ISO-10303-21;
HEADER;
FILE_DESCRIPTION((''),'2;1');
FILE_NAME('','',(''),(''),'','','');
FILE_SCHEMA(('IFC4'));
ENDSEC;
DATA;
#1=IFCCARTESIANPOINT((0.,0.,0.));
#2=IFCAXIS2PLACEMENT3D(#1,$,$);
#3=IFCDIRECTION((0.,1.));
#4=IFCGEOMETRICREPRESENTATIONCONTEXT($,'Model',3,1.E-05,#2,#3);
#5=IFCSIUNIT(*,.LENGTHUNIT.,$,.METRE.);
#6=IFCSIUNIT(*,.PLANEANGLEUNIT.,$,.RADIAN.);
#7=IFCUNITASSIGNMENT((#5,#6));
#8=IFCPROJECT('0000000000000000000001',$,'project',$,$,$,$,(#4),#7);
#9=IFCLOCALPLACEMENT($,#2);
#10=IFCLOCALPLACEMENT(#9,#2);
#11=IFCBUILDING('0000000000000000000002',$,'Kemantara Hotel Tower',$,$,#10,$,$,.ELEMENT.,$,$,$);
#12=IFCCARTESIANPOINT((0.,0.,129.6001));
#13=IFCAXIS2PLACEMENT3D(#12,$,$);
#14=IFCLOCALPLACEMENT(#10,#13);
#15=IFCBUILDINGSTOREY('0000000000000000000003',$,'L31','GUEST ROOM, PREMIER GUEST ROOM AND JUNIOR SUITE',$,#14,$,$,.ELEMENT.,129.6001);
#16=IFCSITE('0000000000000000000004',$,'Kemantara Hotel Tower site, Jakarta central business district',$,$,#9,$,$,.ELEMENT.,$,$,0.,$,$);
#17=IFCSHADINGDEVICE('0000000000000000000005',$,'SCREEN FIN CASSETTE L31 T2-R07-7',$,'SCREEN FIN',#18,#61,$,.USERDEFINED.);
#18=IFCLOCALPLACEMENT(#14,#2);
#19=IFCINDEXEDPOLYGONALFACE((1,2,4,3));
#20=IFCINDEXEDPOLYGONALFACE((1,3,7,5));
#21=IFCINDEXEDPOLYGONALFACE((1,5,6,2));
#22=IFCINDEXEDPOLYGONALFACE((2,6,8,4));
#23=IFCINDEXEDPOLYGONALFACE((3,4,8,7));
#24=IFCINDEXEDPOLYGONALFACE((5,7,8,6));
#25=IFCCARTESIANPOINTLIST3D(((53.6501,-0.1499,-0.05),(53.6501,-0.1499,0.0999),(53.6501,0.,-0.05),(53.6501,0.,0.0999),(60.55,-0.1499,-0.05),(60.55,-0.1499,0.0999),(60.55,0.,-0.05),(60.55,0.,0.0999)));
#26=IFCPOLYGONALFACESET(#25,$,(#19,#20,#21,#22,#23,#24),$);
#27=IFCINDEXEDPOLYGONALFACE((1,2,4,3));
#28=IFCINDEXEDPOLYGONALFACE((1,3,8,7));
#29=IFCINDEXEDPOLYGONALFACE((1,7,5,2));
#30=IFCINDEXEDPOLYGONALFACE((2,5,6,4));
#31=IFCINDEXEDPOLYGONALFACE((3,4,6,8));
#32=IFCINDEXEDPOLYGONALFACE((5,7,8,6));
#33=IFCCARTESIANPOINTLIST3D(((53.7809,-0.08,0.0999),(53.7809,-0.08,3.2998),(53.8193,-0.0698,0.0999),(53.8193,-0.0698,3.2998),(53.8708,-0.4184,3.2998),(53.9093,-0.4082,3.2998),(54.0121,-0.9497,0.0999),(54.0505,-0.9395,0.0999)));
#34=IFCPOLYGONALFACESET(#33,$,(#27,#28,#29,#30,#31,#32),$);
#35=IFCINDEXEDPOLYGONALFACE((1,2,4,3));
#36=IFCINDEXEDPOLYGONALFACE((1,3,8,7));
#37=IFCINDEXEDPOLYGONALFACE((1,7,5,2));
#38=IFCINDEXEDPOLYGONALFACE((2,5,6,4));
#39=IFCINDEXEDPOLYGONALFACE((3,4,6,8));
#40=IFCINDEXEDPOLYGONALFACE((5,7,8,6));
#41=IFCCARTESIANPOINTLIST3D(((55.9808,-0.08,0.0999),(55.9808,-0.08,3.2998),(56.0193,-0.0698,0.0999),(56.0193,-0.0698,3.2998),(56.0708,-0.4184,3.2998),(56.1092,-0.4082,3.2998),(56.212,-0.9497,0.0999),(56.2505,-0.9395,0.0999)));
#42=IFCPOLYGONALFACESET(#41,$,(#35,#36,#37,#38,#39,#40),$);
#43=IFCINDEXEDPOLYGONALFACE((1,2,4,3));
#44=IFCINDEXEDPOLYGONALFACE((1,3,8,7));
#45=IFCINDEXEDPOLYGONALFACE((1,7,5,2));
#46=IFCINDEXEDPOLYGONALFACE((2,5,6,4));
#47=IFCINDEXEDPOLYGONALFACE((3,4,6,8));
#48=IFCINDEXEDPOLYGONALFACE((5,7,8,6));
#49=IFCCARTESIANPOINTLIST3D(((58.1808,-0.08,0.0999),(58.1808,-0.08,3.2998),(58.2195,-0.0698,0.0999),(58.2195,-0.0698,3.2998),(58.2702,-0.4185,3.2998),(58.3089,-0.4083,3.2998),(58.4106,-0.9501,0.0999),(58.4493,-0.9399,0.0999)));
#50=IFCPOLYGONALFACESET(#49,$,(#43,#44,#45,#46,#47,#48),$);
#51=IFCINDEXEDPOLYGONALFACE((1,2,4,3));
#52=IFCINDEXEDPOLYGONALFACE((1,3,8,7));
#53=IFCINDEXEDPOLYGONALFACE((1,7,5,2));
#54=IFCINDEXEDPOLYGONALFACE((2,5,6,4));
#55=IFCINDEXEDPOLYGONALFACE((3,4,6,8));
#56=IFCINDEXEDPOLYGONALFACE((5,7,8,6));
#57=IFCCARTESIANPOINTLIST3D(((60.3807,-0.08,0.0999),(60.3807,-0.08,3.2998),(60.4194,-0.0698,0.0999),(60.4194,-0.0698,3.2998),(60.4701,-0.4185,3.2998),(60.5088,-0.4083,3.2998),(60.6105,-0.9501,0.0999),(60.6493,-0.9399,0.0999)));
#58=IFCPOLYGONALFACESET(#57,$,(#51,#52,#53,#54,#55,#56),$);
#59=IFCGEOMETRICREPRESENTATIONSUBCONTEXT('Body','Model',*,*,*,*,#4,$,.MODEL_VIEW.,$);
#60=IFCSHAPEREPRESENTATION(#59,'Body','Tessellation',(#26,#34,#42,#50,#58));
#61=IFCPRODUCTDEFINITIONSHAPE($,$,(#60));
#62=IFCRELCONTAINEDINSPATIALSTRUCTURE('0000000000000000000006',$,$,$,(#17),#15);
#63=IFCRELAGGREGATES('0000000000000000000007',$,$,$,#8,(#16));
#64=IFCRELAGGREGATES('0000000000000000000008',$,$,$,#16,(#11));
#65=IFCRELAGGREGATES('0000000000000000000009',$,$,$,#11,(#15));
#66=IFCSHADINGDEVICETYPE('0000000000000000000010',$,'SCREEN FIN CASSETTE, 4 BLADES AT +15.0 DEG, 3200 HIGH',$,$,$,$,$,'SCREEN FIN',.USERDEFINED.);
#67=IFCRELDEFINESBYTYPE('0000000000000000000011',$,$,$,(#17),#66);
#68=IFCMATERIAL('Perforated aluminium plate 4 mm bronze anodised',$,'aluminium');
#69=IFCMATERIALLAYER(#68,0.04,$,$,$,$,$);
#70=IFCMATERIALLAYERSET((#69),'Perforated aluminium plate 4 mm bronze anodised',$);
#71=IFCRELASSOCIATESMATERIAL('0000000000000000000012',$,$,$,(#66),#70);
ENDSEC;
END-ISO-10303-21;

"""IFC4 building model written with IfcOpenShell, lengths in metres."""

from ifc_helpers import new_model, si_unit, direction, frame, origin, origin_2d, place, context, subcontext, project, spatial, polyline, rectangle, outline, extrude, source, transform, mapped, material, layer, layer_set, type_object, element, save


model = new_model("IFC4")

# Units and contexts
model_context = context("Model", 3, precision=1e-05, world=origin(), true_north=direction((0.0, 1.0)))
body_context = subcontext(model_context, "Body", "Model", "MODEL_VIEW")
ifc_project = project(units=[si_unit("LENGTHUNIT", "METRE"), si_unit("PLANEANGLEUNIT", "RADIAN")], contexts=[model_context])

# Site, building, storey
site_placement = place(None, origin())
site = spatial("IfcSite", under=ifc_project, at=site_placement, Name="Kemantara Hotel Tower site, Jakarta central business district", CompositionType="ELEMENT", RefElevation=0.0)
building_placement = place(site_placement, origin())
building = spatial("IfcBuilding", under=site, at=building_placement, Name="Kemantara Hotel Tower", CompositionType="ELEMENT")
storey_placement = place(building_placement, frame((0.0, 0.0, 129.6001)))
storey = spatial("IfcBuildingStorey", under=building, at=storey_placement, Name="L31", Description="GUEST ROOM, PREMIER GUEST ROOM AND JUNIOR SUITE", CompositionType="ELEMENT", Elevation=129.6001)

# Shading device
ifc_material_1 = material(Name="Perforated aluminium plate 4 mm bronze anodised", Category="aluminium")
ifc_layer_1 = layer(ifc_material_1, 0.04)
ifc_layer_set_1 = layer_set([ifc_layer_1], Name="Perforated aluminium plate 4 mm bronze anodised")
shading_device_type_1 = type_object("IfcShadingDeviceType", Name="SCREEN FIN CASSETTE, 4 BLADES AT +15.0 DEG, 3200 HIGH", ElementType="SCREEN FIN", PredefinedType="USERDEFINED", material=ifc_layer_set_1)
shared_shape_1 = source(origin(), body_context, "Body", "SweptSolid", [
    extrude(rectangle(XDim=6.8999, YDim=0.1499, at=origin_2d()), frame((3.3, -0.075, -0.1499), z_axis=(0.0, 0.0, 1.0), x_axis=(1.0, 0.0, 0.0)), (0.0, 0.0, 1.0), 0.1499),
    extrude(outline(polyline([(0.0, 0.0), (0.8999, 0.0), (0.3501, 3.2), (0.0, 3.2), (0.0, 0.0)])), frame((0.0193, -0.0698, 0.0), z_axis=(-0.966438, -0.256901, 0.0), x_axis=(0.256901, -0.966438, 0.0)), (0.0, 0.0, 1.0), 0.0398),
    extrude(outline(polyline([(0.0, 0.0), (0.8999, 0.0), (0.3501, 3.2), (0.0, 3.2), (0.0, 0.0)])), frame((2.2192, -0.0698, 0.0), z_axis=(-0.966438, -0.256901, 0.0), x_axis=(0.256901, -0.966438, 0.0)), (0.0, 0.0, 1.0), 0.0398),
    extrude(outline(polyline([(0.0, 0.0), (0.8999, 0.0), (0.3501, 3.2), (0.0, 3.2), (0.0, 0.0)])), frame((4.4194, -0.0698, 0.0), z_axis=(-0.966838, -0.255391, 0.0), x_axis=(0.255391, -0.966838, 0.0)), (0.0, 0.0, 1.0), 0.04),
    extrude(outline(polyline([(0.0, 0.0), (0.8999, 0.0), (0.3501, 3.2), (0.0, 3.2), (0.0, 0.0)])), frame((6.6194, -0.0698, 0.0), z_axis=(-0.966838, -0.255391, 0.0), x_axis=(0.255391, -0.966838, 0.0)), (0.0, 0.0, 1.0), 0.04),
])
shading_device_1_placement = place(storey_placement, frame((53.8, 0.0, 0.0999), z_axis=(0.0, 0.0, 1.0), x_axis=(1.0, 0.0, 0.0)))
element("IfcShadingDevice", 1, at=shading_device_1_placement, inside=storey, type_object=shading_device_type_1, Name="SCREEN FIN CASSETTE L31 T2-R07-7", ObjectType="SCREEN FIN", PredefinedType="USERDEFINED", context=body_context, shape_type="MappedRepresentation", body=[
    mapped(shared_shape_1, transform((0.0, 0.0, 0.0))),
])

save(model, "model.ifc")
